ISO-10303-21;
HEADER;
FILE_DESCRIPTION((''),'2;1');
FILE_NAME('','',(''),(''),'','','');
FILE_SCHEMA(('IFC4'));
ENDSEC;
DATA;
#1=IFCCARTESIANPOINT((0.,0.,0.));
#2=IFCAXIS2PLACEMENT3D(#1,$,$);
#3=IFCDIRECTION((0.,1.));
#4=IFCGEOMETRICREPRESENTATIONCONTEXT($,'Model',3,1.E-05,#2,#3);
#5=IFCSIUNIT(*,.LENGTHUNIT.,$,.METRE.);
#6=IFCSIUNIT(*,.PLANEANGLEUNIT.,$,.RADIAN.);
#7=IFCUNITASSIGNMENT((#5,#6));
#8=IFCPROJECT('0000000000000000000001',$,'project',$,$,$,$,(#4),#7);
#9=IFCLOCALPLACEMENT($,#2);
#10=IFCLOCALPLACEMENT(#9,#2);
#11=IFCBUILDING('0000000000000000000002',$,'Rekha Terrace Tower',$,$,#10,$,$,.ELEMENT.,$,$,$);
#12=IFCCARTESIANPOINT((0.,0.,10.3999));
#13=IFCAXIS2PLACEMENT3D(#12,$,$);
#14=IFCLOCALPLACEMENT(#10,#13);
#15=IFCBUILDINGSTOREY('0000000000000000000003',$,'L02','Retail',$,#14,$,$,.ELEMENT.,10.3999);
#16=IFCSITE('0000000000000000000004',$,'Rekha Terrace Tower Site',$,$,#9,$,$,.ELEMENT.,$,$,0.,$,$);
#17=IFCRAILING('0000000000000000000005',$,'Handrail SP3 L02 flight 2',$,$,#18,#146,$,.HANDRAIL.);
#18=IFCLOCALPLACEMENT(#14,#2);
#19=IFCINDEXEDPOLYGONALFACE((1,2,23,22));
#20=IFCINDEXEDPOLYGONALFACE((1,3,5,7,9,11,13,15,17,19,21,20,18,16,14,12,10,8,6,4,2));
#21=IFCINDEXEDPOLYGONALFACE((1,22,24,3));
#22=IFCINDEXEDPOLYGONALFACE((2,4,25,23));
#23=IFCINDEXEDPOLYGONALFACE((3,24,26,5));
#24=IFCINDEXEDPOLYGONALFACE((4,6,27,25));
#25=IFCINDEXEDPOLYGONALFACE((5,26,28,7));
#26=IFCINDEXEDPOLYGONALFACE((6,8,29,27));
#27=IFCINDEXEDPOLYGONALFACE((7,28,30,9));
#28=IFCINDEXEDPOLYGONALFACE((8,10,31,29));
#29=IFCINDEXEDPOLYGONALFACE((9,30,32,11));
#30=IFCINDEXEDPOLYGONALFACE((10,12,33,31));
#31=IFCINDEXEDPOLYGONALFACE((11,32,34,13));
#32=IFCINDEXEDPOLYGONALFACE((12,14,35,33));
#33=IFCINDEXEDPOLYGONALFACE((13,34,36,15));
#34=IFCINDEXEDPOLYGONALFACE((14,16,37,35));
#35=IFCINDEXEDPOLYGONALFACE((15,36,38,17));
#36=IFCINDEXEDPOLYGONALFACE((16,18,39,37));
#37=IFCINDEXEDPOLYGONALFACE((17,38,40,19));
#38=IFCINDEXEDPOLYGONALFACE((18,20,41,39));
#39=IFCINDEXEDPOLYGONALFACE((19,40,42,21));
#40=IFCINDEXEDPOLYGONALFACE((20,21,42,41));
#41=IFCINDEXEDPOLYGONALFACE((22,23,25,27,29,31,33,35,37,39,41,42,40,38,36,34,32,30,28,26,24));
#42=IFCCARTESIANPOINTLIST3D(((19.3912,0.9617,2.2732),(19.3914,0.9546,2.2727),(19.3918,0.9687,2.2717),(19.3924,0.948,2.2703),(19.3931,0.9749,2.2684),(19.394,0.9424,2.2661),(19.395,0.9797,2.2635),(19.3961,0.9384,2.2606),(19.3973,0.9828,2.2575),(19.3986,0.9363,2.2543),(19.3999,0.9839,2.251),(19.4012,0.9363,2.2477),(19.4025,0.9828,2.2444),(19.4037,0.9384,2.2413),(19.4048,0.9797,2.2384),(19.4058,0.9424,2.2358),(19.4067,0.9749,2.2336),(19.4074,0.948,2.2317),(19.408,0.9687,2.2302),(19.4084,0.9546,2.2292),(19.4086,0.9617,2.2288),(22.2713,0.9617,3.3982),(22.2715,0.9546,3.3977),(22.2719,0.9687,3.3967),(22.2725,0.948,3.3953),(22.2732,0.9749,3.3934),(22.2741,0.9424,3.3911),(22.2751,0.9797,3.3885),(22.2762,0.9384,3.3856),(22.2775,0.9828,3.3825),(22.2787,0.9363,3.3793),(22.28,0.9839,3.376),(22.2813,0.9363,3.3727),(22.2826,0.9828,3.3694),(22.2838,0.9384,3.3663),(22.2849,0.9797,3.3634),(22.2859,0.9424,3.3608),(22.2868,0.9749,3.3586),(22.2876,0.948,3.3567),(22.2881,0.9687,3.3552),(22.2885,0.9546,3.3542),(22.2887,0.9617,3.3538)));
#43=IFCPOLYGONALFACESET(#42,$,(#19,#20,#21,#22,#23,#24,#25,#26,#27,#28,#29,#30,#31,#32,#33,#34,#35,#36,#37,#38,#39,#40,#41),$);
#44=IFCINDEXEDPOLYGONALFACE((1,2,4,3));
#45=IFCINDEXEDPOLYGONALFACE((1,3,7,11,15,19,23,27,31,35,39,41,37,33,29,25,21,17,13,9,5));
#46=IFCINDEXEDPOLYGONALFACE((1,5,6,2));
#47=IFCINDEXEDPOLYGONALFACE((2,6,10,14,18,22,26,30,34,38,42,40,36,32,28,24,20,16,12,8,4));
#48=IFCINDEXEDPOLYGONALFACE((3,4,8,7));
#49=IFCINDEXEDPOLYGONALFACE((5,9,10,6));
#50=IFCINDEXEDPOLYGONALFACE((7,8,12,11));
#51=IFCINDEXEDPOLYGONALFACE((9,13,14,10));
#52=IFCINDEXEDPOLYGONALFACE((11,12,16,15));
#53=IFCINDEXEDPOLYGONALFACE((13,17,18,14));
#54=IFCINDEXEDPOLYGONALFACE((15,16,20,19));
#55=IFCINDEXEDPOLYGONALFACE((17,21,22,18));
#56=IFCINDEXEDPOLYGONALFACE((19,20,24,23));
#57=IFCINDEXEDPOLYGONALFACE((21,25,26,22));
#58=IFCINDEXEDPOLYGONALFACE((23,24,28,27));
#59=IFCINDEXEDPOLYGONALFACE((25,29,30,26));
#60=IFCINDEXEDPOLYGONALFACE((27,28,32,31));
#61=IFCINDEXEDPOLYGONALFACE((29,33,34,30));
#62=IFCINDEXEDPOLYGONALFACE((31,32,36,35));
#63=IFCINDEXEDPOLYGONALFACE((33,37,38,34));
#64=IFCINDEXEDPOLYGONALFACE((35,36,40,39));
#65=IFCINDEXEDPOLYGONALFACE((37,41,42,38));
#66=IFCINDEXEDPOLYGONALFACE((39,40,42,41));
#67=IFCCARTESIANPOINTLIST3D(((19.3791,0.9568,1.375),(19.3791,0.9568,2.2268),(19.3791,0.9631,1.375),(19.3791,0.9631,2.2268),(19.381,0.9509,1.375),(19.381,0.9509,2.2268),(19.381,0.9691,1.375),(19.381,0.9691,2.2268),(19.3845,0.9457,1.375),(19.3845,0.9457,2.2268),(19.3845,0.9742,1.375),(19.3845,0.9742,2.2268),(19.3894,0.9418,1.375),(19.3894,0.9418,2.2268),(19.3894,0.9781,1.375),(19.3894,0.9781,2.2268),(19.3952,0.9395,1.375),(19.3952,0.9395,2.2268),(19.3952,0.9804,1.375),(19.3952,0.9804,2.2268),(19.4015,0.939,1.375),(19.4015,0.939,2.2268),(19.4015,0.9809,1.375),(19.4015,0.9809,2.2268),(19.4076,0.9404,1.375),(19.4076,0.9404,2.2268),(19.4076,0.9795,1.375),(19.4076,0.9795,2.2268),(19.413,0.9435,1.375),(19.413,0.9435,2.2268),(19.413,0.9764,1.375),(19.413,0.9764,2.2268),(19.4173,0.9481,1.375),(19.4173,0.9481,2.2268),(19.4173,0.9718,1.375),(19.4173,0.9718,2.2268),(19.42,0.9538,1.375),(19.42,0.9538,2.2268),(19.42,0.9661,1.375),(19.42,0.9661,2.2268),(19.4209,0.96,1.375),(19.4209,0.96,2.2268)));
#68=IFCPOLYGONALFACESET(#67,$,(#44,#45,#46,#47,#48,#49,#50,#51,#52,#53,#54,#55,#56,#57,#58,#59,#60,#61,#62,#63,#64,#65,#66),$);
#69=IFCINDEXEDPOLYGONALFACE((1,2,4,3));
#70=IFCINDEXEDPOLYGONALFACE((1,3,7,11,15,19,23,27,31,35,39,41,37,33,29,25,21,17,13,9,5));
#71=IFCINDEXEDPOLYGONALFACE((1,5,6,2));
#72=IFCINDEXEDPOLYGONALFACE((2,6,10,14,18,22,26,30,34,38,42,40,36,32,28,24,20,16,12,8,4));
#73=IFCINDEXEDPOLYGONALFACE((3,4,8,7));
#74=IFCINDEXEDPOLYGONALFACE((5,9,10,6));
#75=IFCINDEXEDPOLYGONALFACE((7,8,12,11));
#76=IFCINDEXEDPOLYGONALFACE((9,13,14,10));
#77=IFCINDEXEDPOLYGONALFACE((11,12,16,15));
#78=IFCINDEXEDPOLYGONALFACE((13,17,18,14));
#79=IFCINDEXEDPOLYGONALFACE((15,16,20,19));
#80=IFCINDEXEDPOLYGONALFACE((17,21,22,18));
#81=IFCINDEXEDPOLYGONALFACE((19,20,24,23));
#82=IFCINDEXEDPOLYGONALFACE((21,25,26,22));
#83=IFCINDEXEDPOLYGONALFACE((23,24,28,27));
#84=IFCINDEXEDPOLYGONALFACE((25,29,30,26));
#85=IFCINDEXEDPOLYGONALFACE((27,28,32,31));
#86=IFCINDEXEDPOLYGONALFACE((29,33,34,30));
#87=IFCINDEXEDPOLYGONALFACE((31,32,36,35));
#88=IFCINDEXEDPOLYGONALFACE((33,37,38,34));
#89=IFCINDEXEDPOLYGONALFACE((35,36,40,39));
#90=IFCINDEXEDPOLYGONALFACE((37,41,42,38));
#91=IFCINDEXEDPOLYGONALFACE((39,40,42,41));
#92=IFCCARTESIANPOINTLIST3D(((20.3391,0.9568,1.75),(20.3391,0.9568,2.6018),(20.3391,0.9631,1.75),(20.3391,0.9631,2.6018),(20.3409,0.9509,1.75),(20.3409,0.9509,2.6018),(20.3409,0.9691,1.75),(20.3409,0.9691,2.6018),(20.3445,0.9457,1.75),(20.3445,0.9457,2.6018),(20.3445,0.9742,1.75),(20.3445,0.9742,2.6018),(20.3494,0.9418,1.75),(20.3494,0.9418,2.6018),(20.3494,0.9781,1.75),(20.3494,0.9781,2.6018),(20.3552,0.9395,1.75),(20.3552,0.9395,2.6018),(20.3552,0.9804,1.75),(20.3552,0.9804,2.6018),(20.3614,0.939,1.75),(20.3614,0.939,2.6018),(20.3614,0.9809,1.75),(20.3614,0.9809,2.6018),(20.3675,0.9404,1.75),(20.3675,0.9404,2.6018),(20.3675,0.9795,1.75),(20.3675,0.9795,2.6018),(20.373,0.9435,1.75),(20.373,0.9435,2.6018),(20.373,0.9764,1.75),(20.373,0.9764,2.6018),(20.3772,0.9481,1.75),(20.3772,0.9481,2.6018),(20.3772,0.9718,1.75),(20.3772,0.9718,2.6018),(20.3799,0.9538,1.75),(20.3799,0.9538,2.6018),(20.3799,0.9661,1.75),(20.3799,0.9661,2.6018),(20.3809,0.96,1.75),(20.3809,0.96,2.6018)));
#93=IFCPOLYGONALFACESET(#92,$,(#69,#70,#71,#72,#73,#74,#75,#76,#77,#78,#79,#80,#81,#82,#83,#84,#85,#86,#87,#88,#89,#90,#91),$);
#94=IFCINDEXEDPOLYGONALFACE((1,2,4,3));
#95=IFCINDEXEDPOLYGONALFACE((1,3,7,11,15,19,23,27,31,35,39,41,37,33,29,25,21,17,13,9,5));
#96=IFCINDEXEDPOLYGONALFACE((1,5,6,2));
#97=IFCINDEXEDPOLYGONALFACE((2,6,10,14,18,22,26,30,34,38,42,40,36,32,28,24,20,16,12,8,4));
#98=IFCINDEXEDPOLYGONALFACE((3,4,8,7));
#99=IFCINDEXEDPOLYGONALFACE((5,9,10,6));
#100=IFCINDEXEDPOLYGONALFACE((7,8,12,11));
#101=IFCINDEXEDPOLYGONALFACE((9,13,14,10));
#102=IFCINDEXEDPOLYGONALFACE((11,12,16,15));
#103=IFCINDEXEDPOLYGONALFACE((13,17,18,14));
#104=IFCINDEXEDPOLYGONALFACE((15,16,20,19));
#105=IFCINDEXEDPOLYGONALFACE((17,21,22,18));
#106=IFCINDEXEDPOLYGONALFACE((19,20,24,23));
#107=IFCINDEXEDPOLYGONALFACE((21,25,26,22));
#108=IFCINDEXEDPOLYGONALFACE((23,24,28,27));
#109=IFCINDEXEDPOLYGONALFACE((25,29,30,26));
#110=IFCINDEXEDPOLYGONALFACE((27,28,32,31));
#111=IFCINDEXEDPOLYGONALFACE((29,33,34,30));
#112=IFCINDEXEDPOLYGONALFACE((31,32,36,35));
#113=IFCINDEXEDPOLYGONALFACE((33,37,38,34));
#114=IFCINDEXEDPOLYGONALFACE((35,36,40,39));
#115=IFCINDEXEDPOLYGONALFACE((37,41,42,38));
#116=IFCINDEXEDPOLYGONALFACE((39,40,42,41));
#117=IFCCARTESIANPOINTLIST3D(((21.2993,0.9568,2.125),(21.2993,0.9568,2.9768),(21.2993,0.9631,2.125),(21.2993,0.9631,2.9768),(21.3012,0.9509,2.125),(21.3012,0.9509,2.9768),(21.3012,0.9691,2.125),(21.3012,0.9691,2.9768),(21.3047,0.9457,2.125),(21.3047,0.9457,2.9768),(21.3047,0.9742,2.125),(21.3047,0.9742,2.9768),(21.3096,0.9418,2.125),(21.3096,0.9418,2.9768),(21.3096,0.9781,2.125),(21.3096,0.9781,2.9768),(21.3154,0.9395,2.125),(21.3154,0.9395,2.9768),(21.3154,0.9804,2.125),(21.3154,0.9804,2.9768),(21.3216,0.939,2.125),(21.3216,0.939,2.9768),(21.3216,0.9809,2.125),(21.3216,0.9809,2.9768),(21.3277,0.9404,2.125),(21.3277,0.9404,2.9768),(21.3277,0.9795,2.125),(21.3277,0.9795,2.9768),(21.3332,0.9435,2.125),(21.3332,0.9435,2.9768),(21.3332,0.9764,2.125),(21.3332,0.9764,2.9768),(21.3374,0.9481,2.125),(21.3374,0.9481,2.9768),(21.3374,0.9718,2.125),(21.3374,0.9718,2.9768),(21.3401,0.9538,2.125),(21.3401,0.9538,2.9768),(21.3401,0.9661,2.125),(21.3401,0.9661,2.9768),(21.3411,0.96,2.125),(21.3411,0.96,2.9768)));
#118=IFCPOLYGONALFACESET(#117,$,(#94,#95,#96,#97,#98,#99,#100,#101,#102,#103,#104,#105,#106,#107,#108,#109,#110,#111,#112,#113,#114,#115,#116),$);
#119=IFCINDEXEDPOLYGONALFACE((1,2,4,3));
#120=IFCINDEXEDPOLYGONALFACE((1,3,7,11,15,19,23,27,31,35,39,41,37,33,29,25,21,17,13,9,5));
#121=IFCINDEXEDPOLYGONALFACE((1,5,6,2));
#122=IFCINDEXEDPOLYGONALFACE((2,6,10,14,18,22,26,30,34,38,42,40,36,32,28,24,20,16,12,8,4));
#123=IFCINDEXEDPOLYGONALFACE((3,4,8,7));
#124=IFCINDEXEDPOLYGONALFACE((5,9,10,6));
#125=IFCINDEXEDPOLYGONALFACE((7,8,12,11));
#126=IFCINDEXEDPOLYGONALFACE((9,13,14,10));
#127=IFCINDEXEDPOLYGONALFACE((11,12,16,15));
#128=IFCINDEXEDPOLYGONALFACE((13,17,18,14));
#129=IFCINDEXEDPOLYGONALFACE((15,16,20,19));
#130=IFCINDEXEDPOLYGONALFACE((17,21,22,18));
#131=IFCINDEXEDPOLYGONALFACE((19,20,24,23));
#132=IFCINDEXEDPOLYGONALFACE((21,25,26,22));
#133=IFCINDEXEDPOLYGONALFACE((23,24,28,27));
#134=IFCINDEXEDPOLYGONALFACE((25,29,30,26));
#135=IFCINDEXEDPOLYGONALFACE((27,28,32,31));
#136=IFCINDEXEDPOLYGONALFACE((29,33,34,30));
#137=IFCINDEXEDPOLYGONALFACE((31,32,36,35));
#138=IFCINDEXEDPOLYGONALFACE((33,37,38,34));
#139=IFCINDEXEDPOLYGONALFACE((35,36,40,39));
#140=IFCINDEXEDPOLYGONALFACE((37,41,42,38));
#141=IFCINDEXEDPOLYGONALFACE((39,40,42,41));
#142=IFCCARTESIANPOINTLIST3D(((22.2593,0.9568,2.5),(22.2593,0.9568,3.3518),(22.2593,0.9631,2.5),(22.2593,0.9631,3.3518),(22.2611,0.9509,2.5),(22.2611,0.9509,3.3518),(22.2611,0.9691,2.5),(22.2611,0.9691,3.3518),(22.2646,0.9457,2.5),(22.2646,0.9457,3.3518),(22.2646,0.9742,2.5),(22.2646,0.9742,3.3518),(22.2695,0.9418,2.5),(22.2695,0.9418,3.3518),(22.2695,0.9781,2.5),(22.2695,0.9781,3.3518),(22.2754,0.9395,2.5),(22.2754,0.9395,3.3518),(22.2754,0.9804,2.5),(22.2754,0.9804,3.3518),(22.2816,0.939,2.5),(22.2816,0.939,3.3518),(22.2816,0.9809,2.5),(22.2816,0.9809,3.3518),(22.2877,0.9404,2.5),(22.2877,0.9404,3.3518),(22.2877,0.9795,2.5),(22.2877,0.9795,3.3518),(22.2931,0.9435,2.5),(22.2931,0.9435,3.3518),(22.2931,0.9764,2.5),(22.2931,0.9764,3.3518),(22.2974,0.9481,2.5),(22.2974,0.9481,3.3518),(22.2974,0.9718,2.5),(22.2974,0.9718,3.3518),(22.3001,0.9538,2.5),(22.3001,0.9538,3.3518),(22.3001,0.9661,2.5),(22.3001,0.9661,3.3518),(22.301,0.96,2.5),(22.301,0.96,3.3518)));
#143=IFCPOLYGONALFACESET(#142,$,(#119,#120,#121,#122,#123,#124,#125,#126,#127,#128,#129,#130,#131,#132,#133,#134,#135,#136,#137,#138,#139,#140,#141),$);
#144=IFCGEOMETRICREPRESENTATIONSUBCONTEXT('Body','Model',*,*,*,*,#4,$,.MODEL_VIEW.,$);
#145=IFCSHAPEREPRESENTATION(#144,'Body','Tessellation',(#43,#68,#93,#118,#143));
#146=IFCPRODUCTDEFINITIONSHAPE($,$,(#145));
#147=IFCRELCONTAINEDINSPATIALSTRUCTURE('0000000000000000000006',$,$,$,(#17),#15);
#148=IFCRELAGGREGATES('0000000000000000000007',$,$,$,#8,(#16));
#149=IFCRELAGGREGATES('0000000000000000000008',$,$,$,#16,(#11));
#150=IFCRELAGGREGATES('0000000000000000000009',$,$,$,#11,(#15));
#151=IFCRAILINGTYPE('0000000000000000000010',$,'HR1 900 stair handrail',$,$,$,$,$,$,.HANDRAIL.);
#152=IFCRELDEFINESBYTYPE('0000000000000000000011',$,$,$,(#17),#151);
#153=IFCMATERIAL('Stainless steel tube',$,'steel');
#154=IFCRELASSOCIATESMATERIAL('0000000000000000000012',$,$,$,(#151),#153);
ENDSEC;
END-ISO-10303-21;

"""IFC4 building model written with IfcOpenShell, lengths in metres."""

from ifc_helpers import new_model, si_unit, direction, frame, origin, origin_2d, place, context, subcontext, project, spatial, circle, extrude, material, type_object, element, save


model = new_model("IFC4")

# Units and contexts
model_context = context("Model", 3, precision=1e-05, world=origin(), true_north=direction((0.0, 1.0)))
body_context = subcontext(model_context, "Body", "Model", "MODEL_VIEW")
ifc_project = project(units=[si_unit("LENGTHUNIT", "METRE"), si_unit("PLANEANGLEUNIT", "RADIAN")], contexts=[model_context])

# Site, building, storey
site_placement = place(None, origin())
site = spatial("IfcSite", under=ifc_project, at=site_placement, Name="Rekha Terrace Tower Site", CompositionType="ELEMENT", RefElevation=0.0)
building_placement = place(site_placement, origin())
building = spatial("IfcBuilding", under=site, at=building_placement, Name="Rekha Terrace Tower", CompositionType="ELEMENT")
storey_placement = place(building_placement, frame((0.0, 0.0, 10.3999)))
storey = spatial("IfcBuildingStorey", under=building, at=storey_placement, Name="L02", Description="Retail", CompositionType="ELEMENT", Elevation=10.3999)

# Railing
ifc_material_1 = material(Name="Stainless steel tube", Category="steel")
railing_type_1 = type_object("IfcRailingType", Name="HR1 900 stair handrail", PredefinedType="HANDRAIL", material=ifc_material_1)
railing_1_placement = place(storey_placement, frame((19.3999, 0.96, 1.375)))
element("IfcRailing", 1, at=railing_1_placement, inside=storey, type_object=railing_type_1, Name="Handrail SP3 L02 flight 2", PredefinedType="HANDRAIL", context=body_context, shape_type="SweptSolid", body=[
    extrude(circle(Radius=0.0239, at=origin_2d()), frame((0.0, 0.0, 0.876), z_axis=(0.931463, 0.0, 0.363837), x_axis=(0.0, 1.0, 0.0)), (0.0, 0.0, 1.0), 3.092),
    extrude(circle(Radius=0.021, at=origin_2d()), origin(), (0.0, 0.0, 1.0), 0.8518),
    extrude(circle(Radius=0.021, at=origin_2d()), frame((0.96, 0.0, 0.375)), (0.0, 0.0, 1.0), 0.8518),
    extrude(circle(Radius=0.021, at=origin_2d()), frame((1.9202, 0.0, 0.75)), (0.0, 0.0, 1.0), 0.8518),
    extrude(circle(Radius=0.021, at=origin_2d()), frame((2.8801, 0.0, 1.125)), (0.0, 0.0, 1.0), 0.8518),
])

save(model, "model.ifc")
